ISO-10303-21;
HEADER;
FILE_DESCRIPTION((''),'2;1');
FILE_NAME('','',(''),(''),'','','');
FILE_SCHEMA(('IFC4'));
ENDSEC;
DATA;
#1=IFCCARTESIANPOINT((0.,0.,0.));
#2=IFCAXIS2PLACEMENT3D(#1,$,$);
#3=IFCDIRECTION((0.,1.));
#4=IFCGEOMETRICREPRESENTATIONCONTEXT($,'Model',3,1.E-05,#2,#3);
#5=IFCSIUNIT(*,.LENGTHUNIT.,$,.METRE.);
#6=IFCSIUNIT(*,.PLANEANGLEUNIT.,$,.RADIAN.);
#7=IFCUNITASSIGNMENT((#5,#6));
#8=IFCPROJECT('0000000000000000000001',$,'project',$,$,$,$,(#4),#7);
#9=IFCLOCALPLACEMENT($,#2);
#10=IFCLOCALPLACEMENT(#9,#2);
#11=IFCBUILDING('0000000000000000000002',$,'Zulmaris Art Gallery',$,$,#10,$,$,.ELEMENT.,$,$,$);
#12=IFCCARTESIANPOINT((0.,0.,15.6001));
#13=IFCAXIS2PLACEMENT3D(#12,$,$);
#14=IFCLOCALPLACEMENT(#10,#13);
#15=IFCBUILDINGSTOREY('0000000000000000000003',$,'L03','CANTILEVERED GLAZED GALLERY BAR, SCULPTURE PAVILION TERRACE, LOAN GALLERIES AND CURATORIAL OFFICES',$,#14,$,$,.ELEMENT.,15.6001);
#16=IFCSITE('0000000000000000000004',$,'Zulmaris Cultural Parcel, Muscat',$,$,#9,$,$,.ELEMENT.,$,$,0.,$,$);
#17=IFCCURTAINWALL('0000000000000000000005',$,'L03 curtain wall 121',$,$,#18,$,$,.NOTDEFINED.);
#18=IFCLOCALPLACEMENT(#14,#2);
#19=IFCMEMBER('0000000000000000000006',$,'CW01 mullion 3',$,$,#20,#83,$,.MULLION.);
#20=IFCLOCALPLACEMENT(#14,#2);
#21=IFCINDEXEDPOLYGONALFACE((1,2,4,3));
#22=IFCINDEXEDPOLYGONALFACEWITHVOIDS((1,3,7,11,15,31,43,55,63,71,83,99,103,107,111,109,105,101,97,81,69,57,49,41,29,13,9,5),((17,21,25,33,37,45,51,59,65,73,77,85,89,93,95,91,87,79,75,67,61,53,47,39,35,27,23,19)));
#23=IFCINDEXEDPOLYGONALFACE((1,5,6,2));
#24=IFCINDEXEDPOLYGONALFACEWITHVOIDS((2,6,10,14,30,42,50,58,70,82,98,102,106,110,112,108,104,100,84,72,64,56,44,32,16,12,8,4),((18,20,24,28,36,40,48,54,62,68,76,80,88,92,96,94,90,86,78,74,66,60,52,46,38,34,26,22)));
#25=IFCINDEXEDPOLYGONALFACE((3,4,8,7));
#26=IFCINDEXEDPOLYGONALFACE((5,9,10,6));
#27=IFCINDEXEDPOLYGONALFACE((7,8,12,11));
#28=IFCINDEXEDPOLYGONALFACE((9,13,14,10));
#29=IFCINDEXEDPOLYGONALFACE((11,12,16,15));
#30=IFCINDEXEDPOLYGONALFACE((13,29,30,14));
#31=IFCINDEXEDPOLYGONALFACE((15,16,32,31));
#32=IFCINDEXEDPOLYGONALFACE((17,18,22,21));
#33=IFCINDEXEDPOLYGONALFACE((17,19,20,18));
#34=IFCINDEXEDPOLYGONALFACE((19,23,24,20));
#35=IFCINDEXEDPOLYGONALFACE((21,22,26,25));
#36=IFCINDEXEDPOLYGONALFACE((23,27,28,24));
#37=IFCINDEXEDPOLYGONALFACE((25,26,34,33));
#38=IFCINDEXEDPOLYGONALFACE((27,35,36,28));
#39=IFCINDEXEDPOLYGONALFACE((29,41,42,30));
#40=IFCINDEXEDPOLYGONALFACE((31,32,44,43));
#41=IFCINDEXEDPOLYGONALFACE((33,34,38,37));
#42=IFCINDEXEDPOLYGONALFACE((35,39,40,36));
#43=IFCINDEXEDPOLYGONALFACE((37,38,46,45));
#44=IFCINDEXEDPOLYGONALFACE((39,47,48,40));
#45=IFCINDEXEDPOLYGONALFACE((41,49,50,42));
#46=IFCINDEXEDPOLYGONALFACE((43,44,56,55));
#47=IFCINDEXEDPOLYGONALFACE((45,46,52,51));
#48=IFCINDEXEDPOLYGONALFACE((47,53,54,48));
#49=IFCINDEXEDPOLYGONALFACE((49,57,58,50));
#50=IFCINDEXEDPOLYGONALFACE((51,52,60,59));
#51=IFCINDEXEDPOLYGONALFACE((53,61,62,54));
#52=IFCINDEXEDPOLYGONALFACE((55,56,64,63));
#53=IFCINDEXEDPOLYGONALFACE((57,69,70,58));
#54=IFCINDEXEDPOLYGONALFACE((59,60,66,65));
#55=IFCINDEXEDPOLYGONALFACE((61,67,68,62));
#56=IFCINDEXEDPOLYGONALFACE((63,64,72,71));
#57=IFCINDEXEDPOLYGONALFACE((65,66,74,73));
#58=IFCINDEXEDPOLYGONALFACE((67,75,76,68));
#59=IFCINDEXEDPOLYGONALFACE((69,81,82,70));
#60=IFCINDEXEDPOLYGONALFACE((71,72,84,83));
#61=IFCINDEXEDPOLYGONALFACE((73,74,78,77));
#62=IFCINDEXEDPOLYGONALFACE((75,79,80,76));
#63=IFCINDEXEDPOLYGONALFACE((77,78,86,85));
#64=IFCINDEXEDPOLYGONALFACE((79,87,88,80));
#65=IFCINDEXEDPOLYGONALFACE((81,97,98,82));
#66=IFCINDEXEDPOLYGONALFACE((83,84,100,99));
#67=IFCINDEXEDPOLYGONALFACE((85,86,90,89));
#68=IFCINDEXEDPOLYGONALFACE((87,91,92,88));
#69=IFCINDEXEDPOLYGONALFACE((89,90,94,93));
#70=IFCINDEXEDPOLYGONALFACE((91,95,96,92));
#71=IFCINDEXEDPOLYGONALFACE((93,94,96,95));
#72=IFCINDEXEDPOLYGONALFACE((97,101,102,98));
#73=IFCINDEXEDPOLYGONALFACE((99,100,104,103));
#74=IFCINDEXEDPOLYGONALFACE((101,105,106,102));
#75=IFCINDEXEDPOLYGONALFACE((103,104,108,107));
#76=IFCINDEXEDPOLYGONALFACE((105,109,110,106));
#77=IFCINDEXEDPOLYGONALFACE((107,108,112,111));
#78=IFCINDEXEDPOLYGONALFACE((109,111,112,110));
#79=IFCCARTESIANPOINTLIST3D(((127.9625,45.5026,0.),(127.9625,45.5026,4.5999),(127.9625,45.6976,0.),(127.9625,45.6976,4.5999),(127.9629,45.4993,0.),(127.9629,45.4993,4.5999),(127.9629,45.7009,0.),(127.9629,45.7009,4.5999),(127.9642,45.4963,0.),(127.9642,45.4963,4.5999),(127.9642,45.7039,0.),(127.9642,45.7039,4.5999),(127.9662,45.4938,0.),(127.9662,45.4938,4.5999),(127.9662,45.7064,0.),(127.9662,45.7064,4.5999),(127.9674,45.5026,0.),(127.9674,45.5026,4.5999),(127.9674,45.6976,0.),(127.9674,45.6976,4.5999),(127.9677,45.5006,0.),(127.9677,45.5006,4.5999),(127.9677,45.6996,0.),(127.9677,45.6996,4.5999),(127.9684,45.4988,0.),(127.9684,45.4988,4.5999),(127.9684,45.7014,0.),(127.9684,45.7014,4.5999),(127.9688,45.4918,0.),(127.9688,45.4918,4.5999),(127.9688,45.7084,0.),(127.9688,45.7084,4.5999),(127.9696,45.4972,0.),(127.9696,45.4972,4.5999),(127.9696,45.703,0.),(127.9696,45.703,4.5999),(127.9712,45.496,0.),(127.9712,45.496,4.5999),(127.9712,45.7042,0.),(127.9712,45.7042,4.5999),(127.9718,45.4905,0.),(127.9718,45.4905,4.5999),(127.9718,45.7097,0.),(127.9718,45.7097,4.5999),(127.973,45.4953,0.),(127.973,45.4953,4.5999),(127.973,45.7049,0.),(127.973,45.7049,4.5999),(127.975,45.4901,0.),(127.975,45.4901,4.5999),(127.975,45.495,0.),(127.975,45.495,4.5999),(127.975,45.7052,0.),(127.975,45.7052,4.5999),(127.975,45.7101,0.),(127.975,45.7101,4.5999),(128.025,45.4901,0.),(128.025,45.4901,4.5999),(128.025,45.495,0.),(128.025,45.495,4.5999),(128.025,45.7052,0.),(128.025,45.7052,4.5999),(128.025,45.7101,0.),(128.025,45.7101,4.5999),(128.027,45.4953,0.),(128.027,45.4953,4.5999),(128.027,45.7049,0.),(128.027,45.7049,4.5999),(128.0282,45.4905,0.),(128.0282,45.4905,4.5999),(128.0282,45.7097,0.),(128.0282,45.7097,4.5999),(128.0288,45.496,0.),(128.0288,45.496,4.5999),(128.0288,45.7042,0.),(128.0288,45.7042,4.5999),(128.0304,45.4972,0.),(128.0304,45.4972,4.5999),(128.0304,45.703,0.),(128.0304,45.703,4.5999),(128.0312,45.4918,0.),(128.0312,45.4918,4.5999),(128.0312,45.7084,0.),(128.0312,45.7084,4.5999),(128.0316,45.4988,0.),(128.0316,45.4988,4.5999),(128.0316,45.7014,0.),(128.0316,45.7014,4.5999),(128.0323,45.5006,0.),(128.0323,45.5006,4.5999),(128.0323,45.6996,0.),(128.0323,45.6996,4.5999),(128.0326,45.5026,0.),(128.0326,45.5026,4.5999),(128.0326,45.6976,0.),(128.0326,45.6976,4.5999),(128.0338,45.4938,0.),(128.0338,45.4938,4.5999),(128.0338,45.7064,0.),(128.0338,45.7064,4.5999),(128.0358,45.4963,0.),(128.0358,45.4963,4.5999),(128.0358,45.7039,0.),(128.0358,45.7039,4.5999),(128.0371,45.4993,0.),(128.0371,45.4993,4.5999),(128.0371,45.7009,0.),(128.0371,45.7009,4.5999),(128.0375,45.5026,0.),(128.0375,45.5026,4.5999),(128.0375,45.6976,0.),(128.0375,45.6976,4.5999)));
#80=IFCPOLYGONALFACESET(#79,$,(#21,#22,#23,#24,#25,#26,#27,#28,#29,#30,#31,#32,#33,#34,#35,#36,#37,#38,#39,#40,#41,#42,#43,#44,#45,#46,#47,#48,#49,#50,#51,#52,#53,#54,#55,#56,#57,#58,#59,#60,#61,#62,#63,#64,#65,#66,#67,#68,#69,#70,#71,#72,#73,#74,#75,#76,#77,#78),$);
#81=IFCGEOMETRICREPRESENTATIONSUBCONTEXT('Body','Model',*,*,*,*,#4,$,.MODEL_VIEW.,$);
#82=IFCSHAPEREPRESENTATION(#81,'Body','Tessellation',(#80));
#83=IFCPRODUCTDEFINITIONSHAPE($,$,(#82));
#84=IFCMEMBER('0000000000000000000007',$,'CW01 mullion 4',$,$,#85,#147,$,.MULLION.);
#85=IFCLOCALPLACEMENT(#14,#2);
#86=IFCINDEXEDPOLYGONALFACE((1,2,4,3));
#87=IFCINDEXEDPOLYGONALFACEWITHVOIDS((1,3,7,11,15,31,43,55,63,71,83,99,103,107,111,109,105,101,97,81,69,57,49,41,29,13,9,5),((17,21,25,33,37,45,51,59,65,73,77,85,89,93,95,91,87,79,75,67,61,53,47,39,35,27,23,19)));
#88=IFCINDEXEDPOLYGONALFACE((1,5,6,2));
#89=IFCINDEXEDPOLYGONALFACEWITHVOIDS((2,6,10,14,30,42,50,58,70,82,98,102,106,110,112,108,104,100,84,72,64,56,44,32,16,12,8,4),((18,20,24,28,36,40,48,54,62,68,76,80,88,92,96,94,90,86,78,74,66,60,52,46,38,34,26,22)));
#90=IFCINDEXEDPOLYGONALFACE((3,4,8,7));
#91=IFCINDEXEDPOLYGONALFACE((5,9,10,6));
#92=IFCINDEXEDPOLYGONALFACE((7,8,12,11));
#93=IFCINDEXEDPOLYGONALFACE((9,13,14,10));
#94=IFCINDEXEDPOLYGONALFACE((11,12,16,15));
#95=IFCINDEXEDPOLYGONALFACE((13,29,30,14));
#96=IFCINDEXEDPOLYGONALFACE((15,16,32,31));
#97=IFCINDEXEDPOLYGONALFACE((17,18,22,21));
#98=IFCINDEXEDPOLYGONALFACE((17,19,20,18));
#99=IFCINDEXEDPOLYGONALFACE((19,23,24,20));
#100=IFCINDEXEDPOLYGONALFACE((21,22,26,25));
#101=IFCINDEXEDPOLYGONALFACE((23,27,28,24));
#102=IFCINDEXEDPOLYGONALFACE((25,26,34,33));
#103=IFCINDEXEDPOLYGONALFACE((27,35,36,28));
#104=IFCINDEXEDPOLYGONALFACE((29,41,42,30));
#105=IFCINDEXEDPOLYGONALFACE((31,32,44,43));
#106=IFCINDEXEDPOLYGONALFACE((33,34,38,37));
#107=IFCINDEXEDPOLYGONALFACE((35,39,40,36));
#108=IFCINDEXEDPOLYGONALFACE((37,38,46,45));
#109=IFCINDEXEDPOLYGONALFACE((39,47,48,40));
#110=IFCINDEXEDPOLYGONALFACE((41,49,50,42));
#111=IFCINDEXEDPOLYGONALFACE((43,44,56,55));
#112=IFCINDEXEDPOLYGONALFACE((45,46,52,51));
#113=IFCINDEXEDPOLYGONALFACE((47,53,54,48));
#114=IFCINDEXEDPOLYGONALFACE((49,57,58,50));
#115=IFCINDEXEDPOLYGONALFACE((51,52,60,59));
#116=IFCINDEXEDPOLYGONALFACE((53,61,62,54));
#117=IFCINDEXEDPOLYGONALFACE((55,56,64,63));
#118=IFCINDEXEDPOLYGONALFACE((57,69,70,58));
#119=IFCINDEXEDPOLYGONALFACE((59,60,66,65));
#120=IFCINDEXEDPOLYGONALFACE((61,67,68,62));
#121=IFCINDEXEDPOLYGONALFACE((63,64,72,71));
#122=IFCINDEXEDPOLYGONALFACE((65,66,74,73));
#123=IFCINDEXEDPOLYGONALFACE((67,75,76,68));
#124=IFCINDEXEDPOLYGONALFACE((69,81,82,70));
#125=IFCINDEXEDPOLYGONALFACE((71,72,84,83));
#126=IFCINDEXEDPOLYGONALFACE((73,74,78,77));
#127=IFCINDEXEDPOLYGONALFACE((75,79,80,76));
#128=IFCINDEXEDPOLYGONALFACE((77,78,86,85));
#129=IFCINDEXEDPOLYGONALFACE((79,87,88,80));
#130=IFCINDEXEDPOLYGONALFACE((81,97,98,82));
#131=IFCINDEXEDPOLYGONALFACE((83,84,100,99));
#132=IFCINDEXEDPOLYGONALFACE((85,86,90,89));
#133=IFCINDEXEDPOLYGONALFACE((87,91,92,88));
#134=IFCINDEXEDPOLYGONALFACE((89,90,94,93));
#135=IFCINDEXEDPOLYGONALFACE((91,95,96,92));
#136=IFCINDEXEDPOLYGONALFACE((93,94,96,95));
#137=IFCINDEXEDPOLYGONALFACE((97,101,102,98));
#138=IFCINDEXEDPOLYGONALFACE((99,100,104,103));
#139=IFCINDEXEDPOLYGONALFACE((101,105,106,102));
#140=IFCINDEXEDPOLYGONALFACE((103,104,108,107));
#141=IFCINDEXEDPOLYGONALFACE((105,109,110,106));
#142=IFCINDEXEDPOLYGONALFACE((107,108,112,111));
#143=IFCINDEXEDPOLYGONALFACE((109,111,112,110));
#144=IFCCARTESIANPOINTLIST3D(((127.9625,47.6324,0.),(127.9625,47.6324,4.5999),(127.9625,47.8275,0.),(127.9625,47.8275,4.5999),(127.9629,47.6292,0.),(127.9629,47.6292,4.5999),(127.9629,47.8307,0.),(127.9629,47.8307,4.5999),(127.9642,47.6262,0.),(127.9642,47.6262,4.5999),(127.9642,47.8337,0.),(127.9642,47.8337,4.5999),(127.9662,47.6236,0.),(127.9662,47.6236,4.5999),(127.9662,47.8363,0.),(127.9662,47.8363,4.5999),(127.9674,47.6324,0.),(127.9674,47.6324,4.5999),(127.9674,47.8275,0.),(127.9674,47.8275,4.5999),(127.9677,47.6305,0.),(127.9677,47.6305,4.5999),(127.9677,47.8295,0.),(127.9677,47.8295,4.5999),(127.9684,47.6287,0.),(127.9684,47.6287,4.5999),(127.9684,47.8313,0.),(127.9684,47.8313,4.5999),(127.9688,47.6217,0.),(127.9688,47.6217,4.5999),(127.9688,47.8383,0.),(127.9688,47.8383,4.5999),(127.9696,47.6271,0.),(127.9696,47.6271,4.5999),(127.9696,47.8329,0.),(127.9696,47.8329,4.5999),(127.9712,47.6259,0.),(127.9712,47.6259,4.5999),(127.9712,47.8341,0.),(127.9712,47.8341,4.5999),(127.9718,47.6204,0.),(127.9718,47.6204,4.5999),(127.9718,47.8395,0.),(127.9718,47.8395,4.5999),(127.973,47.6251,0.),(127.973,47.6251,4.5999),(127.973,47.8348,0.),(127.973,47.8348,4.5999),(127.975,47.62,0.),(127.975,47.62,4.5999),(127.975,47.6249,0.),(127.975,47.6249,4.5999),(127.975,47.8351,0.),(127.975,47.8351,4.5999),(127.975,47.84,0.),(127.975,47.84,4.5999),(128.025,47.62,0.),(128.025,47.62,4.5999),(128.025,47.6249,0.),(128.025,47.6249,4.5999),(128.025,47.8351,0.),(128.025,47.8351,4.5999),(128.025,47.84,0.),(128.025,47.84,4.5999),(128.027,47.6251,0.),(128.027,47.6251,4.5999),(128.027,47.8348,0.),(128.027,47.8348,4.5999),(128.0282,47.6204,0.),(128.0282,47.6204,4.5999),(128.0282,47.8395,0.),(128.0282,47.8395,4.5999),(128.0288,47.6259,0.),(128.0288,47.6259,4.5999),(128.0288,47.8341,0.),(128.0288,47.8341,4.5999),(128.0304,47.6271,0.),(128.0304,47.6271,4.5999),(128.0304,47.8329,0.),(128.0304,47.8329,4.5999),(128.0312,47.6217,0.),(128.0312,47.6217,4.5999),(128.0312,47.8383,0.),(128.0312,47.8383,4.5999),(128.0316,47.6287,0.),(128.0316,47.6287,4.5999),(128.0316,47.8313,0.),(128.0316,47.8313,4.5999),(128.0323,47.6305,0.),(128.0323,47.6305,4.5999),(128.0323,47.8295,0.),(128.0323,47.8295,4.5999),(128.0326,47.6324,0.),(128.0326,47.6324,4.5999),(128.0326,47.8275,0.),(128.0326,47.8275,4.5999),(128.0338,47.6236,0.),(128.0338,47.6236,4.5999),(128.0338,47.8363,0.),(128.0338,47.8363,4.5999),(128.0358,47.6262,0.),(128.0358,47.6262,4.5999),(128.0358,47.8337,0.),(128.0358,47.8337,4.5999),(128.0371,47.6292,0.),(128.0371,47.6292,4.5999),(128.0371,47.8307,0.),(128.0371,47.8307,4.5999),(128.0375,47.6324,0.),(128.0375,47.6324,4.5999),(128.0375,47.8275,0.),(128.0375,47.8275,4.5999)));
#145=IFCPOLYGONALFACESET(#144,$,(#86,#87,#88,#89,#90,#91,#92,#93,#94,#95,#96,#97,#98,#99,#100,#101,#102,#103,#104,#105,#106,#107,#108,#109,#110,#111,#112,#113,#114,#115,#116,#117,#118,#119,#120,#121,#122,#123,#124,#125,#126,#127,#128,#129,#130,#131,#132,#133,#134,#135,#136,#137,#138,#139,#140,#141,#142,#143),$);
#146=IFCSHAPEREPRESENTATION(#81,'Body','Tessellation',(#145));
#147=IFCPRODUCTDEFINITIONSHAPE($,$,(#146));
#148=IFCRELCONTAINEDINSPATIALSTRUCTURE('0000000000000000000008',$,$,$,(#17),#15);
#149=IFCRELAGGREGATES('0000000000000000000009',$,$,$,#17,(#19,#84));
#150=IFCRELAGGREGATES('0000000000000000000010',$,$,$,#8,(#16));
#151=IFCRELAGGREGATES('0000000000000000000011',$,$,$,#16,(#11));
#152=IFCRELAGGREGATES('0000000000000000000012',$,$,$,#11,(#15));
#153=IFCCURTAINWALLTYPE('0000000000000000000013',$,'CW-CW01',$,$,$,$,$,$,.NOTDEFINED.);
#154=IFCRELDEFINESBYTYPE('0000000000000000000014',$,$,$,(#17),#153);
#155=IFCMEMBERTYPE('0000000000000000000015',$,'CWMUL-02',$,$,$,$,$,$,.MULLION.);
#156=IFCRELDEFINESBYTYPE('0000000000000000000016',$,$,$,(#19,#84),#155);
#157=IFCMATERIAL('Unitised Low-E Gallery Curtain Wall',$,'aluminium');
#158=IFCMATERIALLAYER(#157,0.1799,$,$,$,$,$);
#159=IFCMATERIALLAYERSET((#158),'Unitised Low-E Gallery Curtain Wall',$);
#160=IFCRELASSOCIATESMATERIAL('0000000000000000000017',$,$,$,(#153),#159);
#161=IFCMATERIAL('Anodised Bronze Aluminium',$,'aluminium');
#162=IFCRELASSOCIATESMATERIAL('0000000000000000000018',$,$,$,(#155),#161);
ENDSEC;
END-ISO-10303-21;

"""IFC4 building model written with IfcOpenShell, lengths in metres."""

from ifc_helpers import new_model, si_unit, direction, frame, origin, origin_2d, place, context, subcontext, project, spatial, hollow_rectangle, extrude, material, layer, layer_set, material_profile, profile_set, type_object, element, aggregate, save


model = new_model("IFC4")

# Units and contexts
model_context = context("Model", 3, precision=1e-05, world=origin(), true_north=direction((0.0, 1.0)))
body_context = subcontext(model_context, "Body", "Model", "MODEL_VIEW")
ifc_project = project(units=[si_unit("LENGTHUNIT", "METRE"), si_unit("PLANEANGLEUNIT", "RADIAN")], contexts=[model_context])

# Site, building, storey
site_placement = place(None, origin())
site = spatial("IfcSite", under=ifc_project, at=site_placement, Name="Zulmaris Cultural Parcel, Muscat", CompositionType="ELEMENT", RefElevation=0.0)
building_placement = place(site_placement, origin())
building = spatial("IfcBuilding", under=site, at=building_placement, Name="Zulmaris Art Gallery", CompositionType="ELEMENT")
storey_placement = place(building_placement, frame((0.0, 0.0, 15.6001)))
storey = spatial("IfcBuildingStorey", under=building, at=storey_placement, Name="L03", Description="CANTILEVERED GLAZED GALLERY BAR, SCULPTURE PAVILION TERRACE, LOAN GALLERIES AND CURATORIAL OFFICES", CompositionType="ELEMENT", Elevation=15.6001)

# Curtain wall, members
ifc_material_1 = material(Name="Unitised Low-E Gallery Curtain Wall", Category="aluminium")
ifc_layer_1 = layer(ifc_material_1, 0.1799)
ifc_layer_set_1 = layer_set([ifc_layer_1], Name="Unitised Low-E Gallery Curtain Wall")
curtain_wall_type = type_object("IfcCurtainWallType", Name="CW-CW01", PredefinedType="NOTDEFINED", material=ifc_layer_set_1)
curtain_wall_1_placement = place(storey_placement, origin())
curtain_wall_1 = element("IfcCurtainWall", 1, at=curtain_wall_1_placement, inside=storey, type_object=curtain_wall_type, Name="L03 curtain wall 121", PredefinedType="NOTDEFINED")
ifc_material_2 = material(Name="Anodised Bronze Aluminium", Category="aluminium")
ifc_material_profile_1 = material_profile(ifc_material_2, hollow_rectangle(XDim=0.075, YDim=0.22, WallThickness=0.0049, InnerFilletRadius=0.0076, OuterFilletRadius=0.0125, at=origin_2d()), Name="ALU 75x220x5")
ifc_profile_set_1 = profile_set([ifc_material_profile_1], Name="Anodised Bronze Aluminium")
member_type_1 = type_object("IfcMemberType", Name="CWMUL-02", PredefinedType="MULLION", material=ifc_profile_set_1)
member_1_placement = place(storey_placement, frame((128.0, 45.6001, 0.0), z_axis=(0.0, 0.0, 1.0), x_axis=(-1.0, 0.0, 0.0)))
member_1 = element("IfcMember", 2, at=member_1_placement, type_object=member_type_1, Name="CW01 mullion 3", PredefinedType="MULLION", context=body_context, shape_type="SweptSolid", body=[
    extrude(hollow_rectangle(XDim=0.075, YDim=0.22, WallThickness=0.0049, InnerFilletRadius=0.0076, OuterFilletRadius=0.0125, at=origin_2d()), origin(), (0.0, 0.0, 1.0), 4.5999),
])
member_2_placement = place(storey_placement, frame((128.0, 47.73, 0.0), z_axis=(0.0, 0.0, 1.0), x_axis=(-1.0, 0.0, 0.0)))
member_2 = element("IfcMember", 3, at=member_2_placement, type_object=member_type_1, Name="CW01 mullion 4", PredefinedType="MULLION", context=body_context, shape_type="SweptSolid", body=[
    extrude(hollow_rectangle(XDim=0.075, YDim=0.22, WallThickness=0.0049, InnerFilletRadius=0.0076, OuterFilletRadius=0.0125, at=origin_2d()), origin(), (0.0, 0.0, 1.0), 4.5999),
])

aggregate(curtain_wall_1, [member_1, member_2])

save(model, "model.ifc")
